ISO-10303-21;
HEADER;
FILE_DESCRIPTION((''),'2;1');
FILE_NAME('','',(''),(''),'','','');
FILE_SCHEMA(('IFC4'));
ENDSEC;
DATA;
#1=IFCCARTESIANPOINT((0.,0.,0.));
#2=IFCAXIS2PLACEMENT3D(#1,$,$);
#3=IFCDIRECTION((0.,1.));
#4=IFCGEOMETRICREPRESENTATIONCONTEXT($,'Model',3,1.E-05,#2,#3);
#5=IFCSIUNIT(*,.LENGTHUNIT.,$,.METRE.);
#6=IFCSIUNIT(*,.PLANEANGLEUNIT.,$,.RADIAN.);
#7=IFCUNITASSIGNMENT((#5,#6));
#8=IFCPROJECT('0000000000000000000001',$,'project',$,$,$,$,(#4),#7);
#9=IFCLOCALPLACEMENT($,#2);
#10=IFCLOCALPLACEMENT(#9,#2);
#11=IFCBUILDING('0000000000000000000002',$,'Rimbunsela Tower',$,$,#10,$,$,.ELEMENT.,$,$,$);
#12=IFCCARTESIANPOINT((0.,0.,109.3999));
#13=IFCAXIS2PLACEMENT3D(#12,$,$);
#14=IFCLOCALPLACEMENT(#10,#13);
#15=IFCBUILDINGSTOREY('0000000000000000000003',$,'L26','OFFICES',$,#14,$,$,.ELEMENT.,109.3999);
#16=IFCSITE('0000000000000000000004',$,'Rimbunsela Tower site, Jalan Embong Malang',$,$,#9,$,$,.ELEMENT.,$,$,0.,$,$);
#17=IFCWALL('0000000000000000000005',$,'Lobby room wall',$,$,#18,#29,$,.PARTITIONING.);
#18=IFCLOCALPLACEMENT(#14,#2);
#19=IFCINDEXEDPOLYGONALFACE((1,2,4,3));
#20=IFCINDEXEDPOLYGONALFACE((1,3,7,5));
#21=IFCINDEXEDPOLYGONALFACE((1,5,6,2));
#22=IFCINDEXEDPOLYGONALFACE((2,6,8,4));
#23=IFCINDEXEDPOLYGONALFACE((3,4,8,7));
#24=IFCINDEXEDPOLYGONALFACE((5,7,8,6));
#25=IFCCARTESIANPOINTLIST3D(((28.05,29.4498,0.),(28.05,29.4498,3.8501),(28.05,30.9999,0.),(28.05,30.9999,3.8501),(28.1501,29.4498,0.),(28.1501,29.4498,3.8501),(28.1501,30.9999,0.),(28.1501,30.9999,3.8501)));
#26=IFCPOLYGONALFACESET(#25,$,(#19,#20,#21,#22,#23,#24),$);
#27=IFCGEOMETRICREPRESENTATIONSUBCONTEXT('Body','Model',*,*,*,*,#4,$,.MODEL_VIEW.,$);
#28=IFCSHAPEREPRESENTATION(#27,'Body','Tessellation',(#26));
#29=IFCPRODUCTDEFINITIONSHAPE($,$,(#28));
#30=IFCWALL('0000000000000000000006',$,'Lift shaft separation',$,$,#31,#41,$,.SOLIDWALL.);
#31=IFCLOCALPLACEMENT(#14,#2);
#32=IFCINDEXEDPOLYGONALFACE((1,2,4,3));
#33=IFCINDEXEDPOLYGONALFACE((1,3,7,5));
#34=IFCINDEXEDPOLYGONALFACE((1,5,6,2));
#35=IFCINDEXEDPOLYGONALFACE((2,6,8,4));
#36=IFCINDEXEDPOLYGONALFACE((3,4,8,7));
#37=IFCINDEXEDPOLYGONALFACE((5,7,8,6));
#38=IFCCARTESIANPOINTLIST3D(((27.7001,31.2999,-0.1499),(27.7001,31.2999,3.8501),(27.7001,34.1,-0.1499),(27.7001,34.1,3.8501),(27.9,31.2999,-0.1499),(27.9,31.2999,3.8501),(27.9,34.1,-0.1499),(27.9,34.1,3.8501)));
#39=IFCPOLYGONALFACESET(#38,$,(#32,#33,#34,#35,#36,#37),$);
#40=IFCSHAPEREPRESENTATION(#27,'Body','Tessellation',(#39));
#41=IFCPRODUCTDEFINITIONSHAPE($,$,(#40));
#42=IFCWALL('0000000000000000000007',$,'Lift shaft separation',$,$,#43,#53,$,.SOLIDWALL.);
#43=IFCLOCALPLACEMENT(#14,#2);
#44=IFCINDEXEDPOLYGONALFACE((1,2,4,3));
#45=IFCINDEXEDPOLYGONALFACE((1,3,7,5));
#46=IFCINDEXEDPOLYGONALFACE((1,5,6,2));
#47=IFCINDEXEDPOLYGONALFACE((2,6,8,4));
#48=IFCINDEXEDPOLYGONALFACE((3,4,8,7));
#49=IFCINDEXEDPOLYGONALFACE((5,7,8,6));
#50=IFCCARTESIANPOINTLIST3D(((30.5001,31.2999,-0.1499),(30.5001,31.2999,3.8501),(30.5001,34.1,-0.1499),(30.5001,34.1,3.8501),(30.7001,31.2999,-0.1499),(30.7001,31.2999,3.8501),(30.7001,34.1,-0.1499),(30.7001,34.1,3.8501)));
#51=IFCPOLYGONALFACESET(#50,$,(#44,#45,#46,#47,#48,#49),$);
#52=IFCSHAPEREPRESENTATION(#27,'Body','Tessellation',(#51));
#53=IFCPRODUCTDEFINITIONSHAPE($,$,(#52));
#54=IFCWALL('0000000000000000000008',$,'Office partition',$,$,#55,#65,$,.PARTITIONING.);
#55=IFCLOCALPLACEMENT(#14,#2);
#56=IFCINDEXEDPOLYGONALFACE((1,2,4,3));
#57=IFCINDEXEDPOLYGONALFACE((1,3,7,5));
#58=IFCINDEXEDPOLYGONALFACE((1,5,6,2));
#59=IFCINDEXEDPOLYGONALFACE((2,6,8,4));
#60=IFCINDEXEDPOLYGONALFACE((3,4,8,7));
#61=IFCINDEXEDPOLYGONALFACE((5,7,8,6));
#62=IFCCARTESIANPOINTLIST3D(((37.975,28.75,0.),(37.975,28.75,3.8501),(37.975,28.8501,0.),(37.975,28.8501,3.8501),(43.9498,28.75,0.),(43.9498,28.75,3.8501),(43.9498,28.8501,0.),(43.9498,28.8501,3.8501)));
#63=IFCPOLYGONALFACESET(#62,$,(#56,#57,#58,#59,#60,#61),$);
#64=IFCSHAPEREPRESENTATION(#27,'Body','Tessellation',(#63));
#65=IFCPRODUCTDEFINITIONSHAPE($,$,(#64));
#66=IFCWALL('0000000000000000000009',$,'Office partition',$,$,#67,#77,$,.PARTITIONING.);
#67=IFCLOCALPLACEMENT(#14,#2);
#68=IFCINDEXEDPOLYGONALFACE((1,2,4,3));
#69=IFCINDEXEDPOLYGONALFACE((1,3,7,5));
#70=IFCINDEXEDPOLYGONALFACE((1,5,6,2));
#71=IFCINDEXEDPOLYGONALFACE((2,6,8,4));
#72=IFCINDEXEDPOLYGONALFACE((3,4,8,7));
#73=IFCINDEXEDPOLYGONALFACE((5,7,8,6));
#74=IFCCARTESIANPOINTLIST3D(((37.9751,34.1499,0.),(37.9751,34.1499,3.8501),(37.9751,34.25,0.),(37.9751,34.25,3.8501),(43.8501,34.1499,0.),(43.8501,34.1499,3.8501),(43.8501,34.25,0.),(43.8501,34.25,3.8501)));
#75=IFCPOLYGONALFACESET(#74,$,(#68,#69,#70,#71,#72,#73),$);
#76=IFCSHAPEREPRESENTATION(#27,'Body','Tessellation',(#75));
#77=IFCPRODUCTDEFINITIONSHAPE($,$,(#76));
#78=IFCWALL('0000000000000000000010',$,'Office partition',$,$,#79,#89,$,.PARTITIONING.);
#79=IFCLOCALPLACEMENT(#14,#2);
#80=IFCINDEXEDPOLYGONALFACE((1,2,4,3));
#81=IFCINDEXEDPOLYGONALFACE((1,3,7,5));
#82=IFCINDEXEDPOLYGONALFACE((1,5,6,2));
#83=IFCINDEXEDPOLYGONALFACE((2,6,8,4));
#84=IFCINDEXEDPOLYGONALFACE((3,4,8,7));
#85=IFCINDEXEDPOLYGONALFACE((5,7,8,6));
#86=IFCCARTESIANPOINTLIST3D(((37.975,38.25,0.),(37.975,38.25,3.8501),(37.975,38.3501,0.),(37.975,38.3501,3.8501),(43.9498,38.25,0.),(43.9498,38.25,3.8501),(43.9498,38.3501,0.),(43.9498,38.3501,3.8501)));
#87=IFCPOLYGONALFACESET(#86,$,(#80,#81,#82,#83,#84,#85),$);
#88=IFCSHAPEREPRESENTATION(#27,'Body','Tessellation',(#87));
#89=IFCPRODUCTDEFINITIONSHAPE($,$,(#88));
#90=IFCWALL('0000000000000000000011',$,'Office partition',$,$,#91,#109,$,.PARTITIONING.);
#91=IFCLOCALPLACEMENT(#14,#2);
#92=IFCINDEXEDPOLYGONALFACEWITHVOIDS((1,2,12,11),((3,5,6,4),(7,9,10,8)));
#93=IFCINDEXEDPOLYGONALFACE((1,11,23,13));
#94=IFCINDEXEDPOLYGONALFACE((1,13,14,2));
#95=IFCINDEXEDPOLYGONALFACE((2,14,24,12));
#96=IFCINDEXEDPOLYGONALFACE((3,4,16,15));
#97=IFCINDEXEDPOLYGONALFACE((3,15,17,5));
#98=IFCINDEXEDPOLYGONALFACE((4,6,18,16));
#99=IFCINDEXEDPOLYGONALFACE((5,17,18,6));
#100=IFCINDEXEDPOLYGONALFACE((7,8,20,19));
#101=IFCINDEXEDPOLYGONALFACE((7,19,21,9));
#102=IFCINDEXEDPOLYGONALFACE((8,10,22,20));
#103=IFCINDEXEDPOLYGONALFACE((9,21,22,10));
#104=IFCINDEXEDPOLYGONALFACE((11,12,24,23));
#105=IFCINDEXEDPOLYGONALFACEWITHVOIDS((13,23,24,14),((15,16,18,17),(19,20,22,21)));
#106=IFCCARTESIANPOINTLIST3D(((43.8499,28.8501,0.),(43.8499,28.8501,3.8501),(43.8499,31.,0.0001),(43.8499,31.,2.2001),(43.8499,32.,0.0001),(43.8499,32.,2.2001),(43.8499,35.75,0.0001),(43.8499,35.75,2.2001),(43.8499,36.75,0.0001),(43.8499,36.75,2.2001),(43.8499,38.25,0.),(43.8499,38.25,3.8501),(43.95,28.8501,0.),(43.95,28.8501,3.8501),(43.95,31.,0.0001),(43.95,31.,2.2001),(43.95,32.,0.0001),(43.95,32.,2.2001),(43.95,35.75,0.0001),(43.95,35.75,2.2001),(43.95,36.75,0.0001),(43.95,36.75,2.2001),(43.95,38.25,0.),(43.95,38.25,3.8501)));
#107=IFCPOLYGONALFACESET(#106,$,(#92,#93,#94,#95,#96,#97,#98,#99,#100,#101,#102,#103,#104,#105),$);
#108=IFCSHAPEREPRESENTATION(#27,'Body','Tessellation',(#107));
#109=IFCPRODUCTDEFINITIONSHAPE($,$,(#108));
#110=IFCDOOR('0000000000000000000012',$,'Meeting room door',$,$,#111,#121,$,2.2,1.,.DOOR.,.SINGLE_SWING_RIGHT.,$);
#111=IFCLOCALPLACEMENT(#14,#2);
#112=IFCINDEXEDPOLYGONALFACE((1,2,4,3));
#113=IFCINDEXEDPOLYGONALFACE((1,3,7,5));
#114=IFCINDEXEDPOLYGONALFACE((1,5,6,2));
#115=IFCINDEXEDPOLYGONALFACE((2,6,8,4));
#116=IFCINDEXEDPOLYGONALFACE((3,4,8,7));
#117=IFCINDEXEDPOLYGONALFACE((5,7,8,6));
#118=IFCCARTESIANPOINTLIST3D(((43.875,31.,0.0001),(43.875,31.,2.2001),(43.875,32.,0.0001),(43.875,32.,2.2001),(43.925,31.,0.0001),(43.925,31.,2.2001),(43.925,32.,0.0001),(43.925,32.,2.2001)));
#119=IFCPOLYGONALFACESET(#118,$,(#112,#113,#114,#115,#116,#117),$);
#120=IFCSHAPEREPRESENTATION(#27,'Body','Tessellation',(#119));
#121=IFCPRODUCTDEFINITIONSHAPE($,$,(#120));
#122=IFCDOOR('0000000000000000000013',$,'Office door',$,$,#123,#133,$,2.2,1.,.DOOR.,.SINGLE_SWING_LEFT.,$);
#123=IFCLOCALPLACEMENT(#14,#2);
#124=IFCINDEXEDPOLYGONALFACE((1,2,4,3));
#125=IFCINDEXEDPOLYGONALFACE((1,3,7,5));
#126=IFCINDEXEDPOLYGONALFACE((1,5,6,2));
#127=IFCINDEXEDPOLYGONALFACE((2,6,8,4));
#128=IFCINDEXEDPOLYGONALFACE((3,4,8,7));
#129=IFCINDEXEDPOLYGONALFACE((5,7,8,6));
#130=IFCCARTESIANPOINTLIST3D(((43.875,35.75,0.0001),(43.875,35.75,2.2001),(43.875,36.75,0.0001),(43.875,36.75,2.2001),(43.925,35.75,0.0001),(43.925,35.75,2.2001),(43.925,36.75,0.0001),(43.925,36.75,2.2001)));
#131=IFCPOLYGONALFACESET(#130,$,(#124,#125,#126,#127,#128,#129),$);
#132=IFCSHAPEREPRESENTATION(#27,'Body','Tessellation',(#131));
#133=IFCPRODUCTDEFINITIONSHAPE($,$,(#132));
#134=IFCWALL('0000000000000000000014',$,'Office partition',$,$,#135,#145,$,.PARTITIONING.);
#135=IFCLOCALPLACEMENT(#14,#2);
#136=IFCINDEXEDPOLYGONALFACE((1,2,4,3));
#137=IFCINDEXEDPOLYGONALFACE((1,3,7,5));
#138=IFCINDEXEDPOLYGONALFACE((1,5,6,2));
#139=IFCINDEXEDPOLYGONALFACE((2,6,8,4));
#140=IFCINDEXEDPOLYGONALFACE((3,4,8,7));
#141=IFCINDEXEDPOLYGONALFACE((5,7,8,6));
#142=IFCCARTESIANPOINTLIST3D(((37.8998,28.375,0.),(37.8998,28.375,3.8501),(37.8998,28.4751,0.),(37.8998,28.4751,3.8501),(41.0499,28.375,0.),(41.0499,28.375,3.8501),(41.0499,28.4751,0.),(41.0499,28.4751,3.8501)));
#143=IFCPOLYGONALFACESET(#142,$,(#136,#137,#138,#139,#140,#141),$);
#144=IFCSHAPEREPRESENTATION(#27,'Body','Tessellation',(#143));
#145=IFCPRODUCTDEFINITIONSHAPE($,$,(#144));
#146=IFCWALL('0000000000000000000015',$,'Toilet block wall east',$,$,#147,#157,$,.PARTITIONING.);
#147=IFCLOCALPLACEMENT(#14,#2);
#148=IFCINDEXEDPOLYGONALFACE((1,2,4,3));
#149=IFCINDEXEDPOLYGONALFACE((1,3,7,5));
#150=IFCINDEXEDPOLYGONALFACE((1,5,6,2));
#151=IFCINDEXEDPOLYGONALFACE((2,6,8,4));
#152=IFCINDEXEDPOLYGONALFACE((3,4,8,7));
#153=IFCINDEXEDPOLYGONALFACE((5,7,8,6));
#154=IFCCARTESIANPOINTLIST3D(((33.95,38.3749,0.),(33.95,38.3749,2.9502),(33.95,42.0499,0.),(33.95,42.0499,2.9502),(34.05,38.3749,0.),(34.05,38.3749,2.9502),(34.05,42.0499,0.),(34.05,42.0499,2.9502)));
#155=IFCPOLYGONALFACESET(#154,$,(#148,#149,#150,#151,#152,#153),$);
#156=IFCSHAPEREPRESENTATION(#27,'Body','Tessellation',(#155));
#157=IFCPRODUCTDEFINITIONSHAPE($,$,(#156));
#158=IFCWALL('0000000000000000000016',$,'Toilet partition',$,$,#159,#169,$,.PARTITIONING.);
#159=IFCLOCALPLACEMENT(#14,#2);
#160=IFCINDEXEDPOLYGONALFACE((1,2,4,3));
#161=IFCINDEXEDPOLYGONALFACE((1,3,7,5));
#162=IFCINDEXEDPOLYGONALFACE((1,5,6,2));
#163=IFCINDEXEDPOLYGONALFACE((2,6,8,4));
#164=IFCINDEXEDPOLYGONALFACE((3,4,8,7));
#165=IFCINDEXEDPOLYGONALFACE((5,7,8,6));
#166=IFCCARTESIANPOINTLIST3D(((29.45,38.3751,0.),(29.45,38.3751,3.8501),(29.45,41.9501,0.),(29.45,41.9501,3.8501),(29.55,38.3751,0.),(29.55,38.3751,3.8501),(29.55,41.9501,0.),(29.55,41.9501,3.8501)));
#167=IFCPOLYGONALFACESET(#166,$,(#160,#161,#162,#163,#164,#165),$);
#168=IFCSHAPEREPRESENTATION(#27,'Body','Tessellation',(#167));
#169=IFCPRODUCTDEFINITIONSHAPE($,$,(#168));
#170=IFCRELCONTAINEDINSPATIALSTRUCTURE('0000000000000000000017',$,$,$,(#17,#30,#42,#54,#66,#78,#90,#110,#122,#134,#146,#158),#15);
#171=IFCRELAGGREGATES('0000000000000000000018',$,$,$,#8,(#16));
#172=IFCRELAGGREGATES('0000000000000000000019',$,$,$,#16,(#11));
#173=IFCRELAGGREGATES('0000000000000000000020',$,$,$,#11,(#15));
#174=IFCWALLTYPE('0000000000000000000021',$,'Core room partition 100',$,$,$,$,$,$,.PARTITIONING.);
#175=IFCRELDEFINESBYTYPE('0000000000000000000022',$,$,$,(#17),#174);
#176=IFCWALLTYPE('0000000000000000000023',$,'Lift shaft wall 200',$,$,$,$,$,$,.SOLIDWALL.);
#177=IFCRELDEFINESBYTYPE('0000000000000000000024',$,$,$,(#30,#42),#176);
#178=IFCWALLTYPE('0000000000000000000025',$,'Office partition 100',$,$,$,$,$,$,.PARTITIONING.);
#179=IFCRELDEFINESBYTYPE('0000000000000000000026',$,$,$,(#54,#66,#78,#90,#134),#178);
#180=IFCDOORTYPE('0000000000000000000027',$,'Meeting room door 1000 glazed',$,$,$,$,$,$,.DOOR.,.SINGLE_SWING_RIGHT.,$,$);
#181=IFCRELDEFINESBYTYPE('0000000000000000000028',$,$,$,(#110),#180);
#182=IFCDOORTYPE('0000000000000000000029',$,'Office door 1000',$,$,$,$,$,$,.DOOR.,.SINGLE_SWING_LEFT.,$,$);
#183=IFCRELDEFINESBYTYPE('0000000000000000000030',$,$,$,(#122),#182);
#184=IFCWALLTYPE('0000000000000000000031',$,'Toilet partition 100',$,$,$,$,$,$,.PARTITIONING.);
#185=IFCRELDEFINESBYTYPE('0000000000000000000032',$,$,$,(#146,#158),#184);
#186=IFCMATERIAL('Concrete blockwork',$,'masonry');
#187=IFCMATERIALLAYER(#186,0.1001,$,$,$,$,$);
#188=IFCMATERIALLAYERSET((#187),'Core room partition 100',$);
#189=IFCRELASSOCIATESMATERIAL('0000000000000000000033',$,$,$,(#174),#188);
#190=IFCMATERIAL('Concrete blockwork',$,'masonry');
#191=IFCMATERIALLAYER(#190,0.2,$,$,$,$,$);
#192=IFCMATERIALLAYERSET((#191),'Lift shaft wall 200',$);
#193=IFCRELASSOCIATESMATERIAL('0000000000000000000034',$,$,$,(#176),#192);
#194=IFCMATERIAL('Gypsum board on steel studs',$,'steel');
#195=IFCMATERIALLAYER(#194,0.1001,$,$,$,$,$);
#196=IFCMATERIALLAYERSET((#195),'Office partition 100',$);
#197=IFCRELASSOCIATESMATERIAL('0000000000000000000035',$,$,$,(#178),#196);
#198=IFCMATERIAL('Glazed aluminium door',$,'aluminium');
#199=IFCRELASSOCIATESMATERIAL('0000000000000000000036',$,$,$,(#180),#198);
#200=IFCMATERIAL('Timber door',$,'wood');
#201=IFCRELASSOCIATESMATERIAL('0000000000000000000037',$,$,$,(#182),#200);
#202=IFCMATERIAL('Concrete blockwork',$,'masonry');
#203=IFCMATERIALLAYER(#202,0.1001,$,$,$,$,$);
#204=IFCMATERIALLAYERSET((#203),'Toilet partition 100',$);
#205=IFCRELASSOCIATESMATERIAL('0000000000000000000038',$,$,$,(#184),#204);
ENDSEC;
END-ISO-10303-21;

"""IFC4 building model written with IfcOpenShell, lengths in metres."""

from ifc_helpers import new_model, si_unit, direction, frame, frame_2d, origin, place, context, subcontext, project, spatial, rectangle, extrude, material, layer, layer_set, type_object, element, fill, save


model = new_model("IFC4")

# Units and contexts
model_context = context("Model", 3, precision=1e-05, world=origin(), true_north=direction((0.0, 1.0)))
body_context = subcontext(model_context, "Body", "Model", "MODEL_VIEW")
ifc_project = project(units=[si_unit("LENGTHUNIT", "METRE"), si_unit("PLANEANGLEUNIT", "RADIAN")], contexts=[model_context])

# Site, building, storey
site_placement = place(None, origin())
site = spatial("IfcSite", under=ifc_project, at=site_placement, Name="Rimbunsela Tower site, Jalan Embong Malang", CompositionType="ELEMENT", RefElevation=0.0)
building_placement = place(site_placement, origin())
building = spatial("IfcBuilding", under=site, at=building_placement, Name="Rimbunsela Tower", CompositionType="ELEMENT")
storey_placement = place(building_placement, frame((0.0, 0.0, 109.3999)))
storey = spatial("IfcBuildingStorey", under=building, at=storey_placement, Name="L26", Description="OFFICES", CompositionType="ELEMENT", Elevation=109.3999)

# Walls
ifc_material_1 = material(Name="Concrete blockwork", Category="masonry")
ifc_layer_1 = layer(ifc_material_1, 0.1001)
ifc_layer_set_1 = layer_set([ifc_layer_1], Name="Core room partition 100")
wall_type_1 = type_object("IfcWallType", Name="Core room partition 100", PredefinedType="PARTITIONING", material=ifc_layer_set_1)
for number, where, z_axis, x_axis, name in (
    (1, (28.1001, 29.45, 0.0), (0.0, 0.0, 1.0), (0.0, 1.0, 0.0), "Lobby room wall"),
):
    element("IfcWall", number, at=place(storey_placement, frame(where, z_axis=z_axis, x_axis=x_axis)), inside=storey, type_object=wall_type_1, Name=name, PredefinedType="PARTITIONING", context=body_context, shape_type="SweptSolid", body=[
        extrude(rectangle(XDim=1.55, YDim=0.1001, at=frame_2d((0.7749, 0.0))), origin(), (0.0, 0.0, 1.0), 3.8501),
    ])
ifc_material_2 = material(Name="Concrete blockwork", Category="masonry")
ifc_layer_2 = layer(ifc_material_2, 0.2)
ifc_layer_set_2 = layer_set([ifc_layer_2], Name="Lift shaft wall 200")
wall_type_2 = type_object("IfcWallType", Name="Lift shaft wall 200", PredefinedType="SOLIDWALL", material=ifc_layer_set_2)
for number, where, z_axis, x_axis, name in (
    (2, (27.8, 31.3, -0.1499), (0.0, 0.0, 1.0), (0.0, 1.0, 0.0), "Lift shaft separation"),
    (3, (30.6001, 31.3, -0.1499), (0.0, 0.0, 1.0), (0.0, 1.0, 0.0), "Lift shaft separation"),
):
    element("IfcWall", number, at=place(storey_placement, frame(where, z_axis=z_axis, x_axis=x_axis)), inside=storey, type_object=wall_type_2, Name=name, PredefinedType="SOLIDWALL", context=body_context, shape_type="SweptSolid", body=[
        extrude(rectangle(XDim=2.8, YDim=0.2, at=frame_2d((1.3999, 0.0))), origin(), (0.0, 0.0, 1.0), 4.0),
    ])
ifc_material_3 = material(Name="Gypsum board on steel studs", Category="steel")
ifc_layer_3 = layer(ifc_material_3, 0.1001)
ifc_layer_set_3 = layer_set([ifc_layer_3], Name="Office partition 100")
wall_type_3 = type_object("IfcWallType", Name="Office partition 100", PredefinedType="PARTITIONING", material=ifc_layer_set_3)
wall_1_placement = place(storey_placement, frame((37.9751, 28.8, 0.0), z_axis=(0.0, 0.0, 1.0), x_axis=(1.0, 0.0, 0.0)))
element("IfcWall", 4, at=wall_1_placement, inside=storey, type_object=wall_type_3, Name="Office partition", PredefinedType="PARTITIONING", context=body_context, shape_type="SweptSolid", body=[
    extrude(rectangle(XDim=5.9749, YDim=0.1001, at=frame_2d((2.9873, 0.0))), origin(), (0.0, 0.0, 1.0), 3.8501),
])
wall_2_placement = place(storey_placement, frame((37.9751, 34.2, 0.0), z_axis=(0.0, 0.0, 1.0), x_axis=(1.0, 0.0, 0.0)))
element("IfcWall", 5, at=wall_2_placement, inside=storey, type_object=wall_type_3, Name="Office partition", PredefinedType="PARTITIONING", context=body_context, shape_type="SweptSolid", body=[
    extrude(rectangle(XDim=5.875, YDim=0.1001, at=frame_2d((2.9375, 0.0))), origin(), (0.0, 0.0, 1.0), 3.8501),
])
wall_3_placement = place(storey_placement, frame((37.9751, 38.3, 0.0), z_axis=(0.0, 0.0, 1.0), x_axis=(1.0, 0.0, 0.0)))
element("IfcWall", 6, at=wall_3_placement, inside=storey, type_object=wall_type_3, Name="Office partition", PredefinedType="PARTITIONING", context=body_context, shape_type="SweptSolid", body=[
    extrude(rectangle(XDim=5.9749, YDim=0.1001, at=frame_2d((2.9873, 0.0))), origin(), (0.0, 0.0, 1.0), 3.8501),
])

# Wall, openings, doors
wall_4_placement = place(storey_placement, frame((43.8999, 28.8501, 0.0), z_axis=(0.0, 0.0, 1.0), x_axis=(0.0, 1.0, 0.0)))
wall_4 = element("IfcWall", 7, at=wall_4_placement, inside=storey, type_object=wall_type_3, Name="Office partition", PredefinedType="PARTITIONING", context=body_context, shape_type="SweptSolid", body=[
    extrude(rectangle(XDim=9.3999, YDim=0.1001, at=frame_2d((4.7, 0.0))), origin(), (0.0, 0.0, 1.0), 3.8501),
])
opening_1_placement = place(wall_4_placement, frame((2.1499, 0.0, 0.0)))
opening_1 = element("IfcOpeningElement", 8, at=opening_1_placement, cuts=wall_4, PredefinedType="OPENING", context=body_context, shape_type="SweptSolid", body=[
    extrude(rectangle(XDim=1.0, YDim=2.2, at=frame_2d((0.5, 1.1001))), frame((0.0, 0.0601, 0.0), z_axis=(0.0, -1.0, 0.0), x_axis=(1.0, 0.0, 0.0)), (0.0, 0.0, 1.0), 0.1201),
])
opening_2_placement = place(wall_4_placement, frame((6.8999, 0.0, 0.0)))
opening_2 = element("IfcOpeningElement", 9, at=opening_2_placement, cuts=wall_4, PredefinedType="OPENING", context=body_context, shape_type="SweptSolid", body=[
    extrude(rectangle(XDim=1.0, YDim=2.2, at=frame_2d((0.5, 1.1001))), frame((0.0, 0.0601, 0.0), z_axis=(0.0, -1.0, 0.0), x_axis=(1.0, 0.0, 0.0)), (0.0, 0.0, 1.0), 0.1201),
])
ifc_material_4 = material(Name="Glazed aluminium door", Category="aluminium")
door_type_1 = type_object("IfcDoorType", Name="Meeting room door 1000 glazed", OperationType="SINGLE_SWING_RIGHT", PredefinedType="DOOR", material=ifc_material_4)
door_1_placement = place(opening_1_placement, origin())
door_1 = element("IfcDoor", 10, at=door_1_placement, inside=storey, type_object=door_type_1, Name="Meeting room door", OperationType="SINGLE_SWING_RIGHT", OverallHeight=2.2, OverallWidth=1.0, PredefinedType="DOOR", context=body_context, shape_type="SweptSolid", body=[
    extrude(rectangle(XDim=1.0, YDim=2.2, at=frame_2d((0.5, 1.1001))), frame((0.0, 0.0249, 0.0), z_axis=(0.0, -1.0, 0.0), x_axis=(1.0, 0.0, 0.0)), (0.0, 0.0, 1.0), 0.05),
])
fill(opening_1, door_1)
ifc_material_5 = material(Name="Timber door", Category="wood")
door_type_2 = type_object("IfcDoorType", Name="Office door 1000", OperationType="SINGLE_SWING_LEFT", PredefinedType="DOOR", material=ifc_material_5)
door_2_placement = place(opening_2_placement, origin())
door_2 = element("IfcDoor", 11, at=door_2_placement, inside=storey, type_object=door_type_2, Name="Office door", OperationType="SINGLE_SWING_LEFT", OverallHeight=2.2, OverallWidth=1.0, PredefinedType="DOOR", context=body_context, shape_type="SweptSolid", body=[
    extrude(rectangle(XDim=1.0, YDim=2.2, at=frame_2d((0.5, 1.1001))), frame((0.0, 0.0249, 0.0), z_axis=(0.0, -1.0, 0.0), x_axis=(1.0, 0.0, 0.0)), (0.0, 0.0, 1.0), 0.05),
])
fill(opening_2, door_2)

# Walls
wall_5_placement = place(storey_placement, frame((41.05, 28.425, 0.0), z_axis=(0.0, 0.0, 1.0), x_axis=(-1.0, 0.0, 0.0)))
element("IfcWall", 12, at=wall_5_placement, inside=storey, type_object=wall_type_3, Name="Office partition", PredefinedType="PARTITIONING", context=body_context, shape_type="SweptSolid", body=[
    extrude(rectangle(XDim=3.1501, YDim=0.1001, at=frame_2d((1.5752, 0.0))), origin(), (0.0, 0.0, 1.0), 3.8501),
])
ifc_material_6 = material(Name="Concrete blockwork", Category="masonry")
ifc_layer_4 = layer(ifc_material_6, 0.1001)
ifc_layer_set_4 = layer_set([ifc_layer_4], Name="Toilet partition 100")
wall_type_4 = type_object("IfcWallType", Name="Toilet partition 100", PredefinedType="PARTITIONING", material=ifc_layer_set_4)
wall_6_placement = place(storey_placement, frame((34.0, 38.375, 0.0), z_axis=(0.0, 0.0, 1.0), x_axis=(0.0, 1.0, 0.0)))
element("IfcWall", 13, at=wall_6_placement, inside=storey, type_object=wall_type_4, Name="Toilet block wall east", PredefinedType="PARTITIONING", context=body_context, shape_type="SweptSolid", body=[
    extrude(rectangle(XDim=3.675, YDim=0.1001, at=frame_2d((1.8374, 0.0))), origin(), (0.0, 0.0, 1.0), 2.9502),
])
wall_7_placement = place(storey_placement, frame((29.5, 38.375, 0.0), z_axis=(0.0, 0.0, 1.0), x_axis=(0.0, 1.0, 0.0)))
element("IfcWall", 14, at=wall_7_placement, inside=storey, type_object=wall_type_4, Name="Toilet partition", PredefinedType="PARTITIONING", context=body_context, shape_type="SweptSolid", body=[
    extrude(rectangle(XDim=3.575, YDim=0.1001, at=frame_2d((1.7876, 0.0))), origin(), (0.0, 0.0, 1.0), 3.8501),
])

save(model, "model.ifc")
